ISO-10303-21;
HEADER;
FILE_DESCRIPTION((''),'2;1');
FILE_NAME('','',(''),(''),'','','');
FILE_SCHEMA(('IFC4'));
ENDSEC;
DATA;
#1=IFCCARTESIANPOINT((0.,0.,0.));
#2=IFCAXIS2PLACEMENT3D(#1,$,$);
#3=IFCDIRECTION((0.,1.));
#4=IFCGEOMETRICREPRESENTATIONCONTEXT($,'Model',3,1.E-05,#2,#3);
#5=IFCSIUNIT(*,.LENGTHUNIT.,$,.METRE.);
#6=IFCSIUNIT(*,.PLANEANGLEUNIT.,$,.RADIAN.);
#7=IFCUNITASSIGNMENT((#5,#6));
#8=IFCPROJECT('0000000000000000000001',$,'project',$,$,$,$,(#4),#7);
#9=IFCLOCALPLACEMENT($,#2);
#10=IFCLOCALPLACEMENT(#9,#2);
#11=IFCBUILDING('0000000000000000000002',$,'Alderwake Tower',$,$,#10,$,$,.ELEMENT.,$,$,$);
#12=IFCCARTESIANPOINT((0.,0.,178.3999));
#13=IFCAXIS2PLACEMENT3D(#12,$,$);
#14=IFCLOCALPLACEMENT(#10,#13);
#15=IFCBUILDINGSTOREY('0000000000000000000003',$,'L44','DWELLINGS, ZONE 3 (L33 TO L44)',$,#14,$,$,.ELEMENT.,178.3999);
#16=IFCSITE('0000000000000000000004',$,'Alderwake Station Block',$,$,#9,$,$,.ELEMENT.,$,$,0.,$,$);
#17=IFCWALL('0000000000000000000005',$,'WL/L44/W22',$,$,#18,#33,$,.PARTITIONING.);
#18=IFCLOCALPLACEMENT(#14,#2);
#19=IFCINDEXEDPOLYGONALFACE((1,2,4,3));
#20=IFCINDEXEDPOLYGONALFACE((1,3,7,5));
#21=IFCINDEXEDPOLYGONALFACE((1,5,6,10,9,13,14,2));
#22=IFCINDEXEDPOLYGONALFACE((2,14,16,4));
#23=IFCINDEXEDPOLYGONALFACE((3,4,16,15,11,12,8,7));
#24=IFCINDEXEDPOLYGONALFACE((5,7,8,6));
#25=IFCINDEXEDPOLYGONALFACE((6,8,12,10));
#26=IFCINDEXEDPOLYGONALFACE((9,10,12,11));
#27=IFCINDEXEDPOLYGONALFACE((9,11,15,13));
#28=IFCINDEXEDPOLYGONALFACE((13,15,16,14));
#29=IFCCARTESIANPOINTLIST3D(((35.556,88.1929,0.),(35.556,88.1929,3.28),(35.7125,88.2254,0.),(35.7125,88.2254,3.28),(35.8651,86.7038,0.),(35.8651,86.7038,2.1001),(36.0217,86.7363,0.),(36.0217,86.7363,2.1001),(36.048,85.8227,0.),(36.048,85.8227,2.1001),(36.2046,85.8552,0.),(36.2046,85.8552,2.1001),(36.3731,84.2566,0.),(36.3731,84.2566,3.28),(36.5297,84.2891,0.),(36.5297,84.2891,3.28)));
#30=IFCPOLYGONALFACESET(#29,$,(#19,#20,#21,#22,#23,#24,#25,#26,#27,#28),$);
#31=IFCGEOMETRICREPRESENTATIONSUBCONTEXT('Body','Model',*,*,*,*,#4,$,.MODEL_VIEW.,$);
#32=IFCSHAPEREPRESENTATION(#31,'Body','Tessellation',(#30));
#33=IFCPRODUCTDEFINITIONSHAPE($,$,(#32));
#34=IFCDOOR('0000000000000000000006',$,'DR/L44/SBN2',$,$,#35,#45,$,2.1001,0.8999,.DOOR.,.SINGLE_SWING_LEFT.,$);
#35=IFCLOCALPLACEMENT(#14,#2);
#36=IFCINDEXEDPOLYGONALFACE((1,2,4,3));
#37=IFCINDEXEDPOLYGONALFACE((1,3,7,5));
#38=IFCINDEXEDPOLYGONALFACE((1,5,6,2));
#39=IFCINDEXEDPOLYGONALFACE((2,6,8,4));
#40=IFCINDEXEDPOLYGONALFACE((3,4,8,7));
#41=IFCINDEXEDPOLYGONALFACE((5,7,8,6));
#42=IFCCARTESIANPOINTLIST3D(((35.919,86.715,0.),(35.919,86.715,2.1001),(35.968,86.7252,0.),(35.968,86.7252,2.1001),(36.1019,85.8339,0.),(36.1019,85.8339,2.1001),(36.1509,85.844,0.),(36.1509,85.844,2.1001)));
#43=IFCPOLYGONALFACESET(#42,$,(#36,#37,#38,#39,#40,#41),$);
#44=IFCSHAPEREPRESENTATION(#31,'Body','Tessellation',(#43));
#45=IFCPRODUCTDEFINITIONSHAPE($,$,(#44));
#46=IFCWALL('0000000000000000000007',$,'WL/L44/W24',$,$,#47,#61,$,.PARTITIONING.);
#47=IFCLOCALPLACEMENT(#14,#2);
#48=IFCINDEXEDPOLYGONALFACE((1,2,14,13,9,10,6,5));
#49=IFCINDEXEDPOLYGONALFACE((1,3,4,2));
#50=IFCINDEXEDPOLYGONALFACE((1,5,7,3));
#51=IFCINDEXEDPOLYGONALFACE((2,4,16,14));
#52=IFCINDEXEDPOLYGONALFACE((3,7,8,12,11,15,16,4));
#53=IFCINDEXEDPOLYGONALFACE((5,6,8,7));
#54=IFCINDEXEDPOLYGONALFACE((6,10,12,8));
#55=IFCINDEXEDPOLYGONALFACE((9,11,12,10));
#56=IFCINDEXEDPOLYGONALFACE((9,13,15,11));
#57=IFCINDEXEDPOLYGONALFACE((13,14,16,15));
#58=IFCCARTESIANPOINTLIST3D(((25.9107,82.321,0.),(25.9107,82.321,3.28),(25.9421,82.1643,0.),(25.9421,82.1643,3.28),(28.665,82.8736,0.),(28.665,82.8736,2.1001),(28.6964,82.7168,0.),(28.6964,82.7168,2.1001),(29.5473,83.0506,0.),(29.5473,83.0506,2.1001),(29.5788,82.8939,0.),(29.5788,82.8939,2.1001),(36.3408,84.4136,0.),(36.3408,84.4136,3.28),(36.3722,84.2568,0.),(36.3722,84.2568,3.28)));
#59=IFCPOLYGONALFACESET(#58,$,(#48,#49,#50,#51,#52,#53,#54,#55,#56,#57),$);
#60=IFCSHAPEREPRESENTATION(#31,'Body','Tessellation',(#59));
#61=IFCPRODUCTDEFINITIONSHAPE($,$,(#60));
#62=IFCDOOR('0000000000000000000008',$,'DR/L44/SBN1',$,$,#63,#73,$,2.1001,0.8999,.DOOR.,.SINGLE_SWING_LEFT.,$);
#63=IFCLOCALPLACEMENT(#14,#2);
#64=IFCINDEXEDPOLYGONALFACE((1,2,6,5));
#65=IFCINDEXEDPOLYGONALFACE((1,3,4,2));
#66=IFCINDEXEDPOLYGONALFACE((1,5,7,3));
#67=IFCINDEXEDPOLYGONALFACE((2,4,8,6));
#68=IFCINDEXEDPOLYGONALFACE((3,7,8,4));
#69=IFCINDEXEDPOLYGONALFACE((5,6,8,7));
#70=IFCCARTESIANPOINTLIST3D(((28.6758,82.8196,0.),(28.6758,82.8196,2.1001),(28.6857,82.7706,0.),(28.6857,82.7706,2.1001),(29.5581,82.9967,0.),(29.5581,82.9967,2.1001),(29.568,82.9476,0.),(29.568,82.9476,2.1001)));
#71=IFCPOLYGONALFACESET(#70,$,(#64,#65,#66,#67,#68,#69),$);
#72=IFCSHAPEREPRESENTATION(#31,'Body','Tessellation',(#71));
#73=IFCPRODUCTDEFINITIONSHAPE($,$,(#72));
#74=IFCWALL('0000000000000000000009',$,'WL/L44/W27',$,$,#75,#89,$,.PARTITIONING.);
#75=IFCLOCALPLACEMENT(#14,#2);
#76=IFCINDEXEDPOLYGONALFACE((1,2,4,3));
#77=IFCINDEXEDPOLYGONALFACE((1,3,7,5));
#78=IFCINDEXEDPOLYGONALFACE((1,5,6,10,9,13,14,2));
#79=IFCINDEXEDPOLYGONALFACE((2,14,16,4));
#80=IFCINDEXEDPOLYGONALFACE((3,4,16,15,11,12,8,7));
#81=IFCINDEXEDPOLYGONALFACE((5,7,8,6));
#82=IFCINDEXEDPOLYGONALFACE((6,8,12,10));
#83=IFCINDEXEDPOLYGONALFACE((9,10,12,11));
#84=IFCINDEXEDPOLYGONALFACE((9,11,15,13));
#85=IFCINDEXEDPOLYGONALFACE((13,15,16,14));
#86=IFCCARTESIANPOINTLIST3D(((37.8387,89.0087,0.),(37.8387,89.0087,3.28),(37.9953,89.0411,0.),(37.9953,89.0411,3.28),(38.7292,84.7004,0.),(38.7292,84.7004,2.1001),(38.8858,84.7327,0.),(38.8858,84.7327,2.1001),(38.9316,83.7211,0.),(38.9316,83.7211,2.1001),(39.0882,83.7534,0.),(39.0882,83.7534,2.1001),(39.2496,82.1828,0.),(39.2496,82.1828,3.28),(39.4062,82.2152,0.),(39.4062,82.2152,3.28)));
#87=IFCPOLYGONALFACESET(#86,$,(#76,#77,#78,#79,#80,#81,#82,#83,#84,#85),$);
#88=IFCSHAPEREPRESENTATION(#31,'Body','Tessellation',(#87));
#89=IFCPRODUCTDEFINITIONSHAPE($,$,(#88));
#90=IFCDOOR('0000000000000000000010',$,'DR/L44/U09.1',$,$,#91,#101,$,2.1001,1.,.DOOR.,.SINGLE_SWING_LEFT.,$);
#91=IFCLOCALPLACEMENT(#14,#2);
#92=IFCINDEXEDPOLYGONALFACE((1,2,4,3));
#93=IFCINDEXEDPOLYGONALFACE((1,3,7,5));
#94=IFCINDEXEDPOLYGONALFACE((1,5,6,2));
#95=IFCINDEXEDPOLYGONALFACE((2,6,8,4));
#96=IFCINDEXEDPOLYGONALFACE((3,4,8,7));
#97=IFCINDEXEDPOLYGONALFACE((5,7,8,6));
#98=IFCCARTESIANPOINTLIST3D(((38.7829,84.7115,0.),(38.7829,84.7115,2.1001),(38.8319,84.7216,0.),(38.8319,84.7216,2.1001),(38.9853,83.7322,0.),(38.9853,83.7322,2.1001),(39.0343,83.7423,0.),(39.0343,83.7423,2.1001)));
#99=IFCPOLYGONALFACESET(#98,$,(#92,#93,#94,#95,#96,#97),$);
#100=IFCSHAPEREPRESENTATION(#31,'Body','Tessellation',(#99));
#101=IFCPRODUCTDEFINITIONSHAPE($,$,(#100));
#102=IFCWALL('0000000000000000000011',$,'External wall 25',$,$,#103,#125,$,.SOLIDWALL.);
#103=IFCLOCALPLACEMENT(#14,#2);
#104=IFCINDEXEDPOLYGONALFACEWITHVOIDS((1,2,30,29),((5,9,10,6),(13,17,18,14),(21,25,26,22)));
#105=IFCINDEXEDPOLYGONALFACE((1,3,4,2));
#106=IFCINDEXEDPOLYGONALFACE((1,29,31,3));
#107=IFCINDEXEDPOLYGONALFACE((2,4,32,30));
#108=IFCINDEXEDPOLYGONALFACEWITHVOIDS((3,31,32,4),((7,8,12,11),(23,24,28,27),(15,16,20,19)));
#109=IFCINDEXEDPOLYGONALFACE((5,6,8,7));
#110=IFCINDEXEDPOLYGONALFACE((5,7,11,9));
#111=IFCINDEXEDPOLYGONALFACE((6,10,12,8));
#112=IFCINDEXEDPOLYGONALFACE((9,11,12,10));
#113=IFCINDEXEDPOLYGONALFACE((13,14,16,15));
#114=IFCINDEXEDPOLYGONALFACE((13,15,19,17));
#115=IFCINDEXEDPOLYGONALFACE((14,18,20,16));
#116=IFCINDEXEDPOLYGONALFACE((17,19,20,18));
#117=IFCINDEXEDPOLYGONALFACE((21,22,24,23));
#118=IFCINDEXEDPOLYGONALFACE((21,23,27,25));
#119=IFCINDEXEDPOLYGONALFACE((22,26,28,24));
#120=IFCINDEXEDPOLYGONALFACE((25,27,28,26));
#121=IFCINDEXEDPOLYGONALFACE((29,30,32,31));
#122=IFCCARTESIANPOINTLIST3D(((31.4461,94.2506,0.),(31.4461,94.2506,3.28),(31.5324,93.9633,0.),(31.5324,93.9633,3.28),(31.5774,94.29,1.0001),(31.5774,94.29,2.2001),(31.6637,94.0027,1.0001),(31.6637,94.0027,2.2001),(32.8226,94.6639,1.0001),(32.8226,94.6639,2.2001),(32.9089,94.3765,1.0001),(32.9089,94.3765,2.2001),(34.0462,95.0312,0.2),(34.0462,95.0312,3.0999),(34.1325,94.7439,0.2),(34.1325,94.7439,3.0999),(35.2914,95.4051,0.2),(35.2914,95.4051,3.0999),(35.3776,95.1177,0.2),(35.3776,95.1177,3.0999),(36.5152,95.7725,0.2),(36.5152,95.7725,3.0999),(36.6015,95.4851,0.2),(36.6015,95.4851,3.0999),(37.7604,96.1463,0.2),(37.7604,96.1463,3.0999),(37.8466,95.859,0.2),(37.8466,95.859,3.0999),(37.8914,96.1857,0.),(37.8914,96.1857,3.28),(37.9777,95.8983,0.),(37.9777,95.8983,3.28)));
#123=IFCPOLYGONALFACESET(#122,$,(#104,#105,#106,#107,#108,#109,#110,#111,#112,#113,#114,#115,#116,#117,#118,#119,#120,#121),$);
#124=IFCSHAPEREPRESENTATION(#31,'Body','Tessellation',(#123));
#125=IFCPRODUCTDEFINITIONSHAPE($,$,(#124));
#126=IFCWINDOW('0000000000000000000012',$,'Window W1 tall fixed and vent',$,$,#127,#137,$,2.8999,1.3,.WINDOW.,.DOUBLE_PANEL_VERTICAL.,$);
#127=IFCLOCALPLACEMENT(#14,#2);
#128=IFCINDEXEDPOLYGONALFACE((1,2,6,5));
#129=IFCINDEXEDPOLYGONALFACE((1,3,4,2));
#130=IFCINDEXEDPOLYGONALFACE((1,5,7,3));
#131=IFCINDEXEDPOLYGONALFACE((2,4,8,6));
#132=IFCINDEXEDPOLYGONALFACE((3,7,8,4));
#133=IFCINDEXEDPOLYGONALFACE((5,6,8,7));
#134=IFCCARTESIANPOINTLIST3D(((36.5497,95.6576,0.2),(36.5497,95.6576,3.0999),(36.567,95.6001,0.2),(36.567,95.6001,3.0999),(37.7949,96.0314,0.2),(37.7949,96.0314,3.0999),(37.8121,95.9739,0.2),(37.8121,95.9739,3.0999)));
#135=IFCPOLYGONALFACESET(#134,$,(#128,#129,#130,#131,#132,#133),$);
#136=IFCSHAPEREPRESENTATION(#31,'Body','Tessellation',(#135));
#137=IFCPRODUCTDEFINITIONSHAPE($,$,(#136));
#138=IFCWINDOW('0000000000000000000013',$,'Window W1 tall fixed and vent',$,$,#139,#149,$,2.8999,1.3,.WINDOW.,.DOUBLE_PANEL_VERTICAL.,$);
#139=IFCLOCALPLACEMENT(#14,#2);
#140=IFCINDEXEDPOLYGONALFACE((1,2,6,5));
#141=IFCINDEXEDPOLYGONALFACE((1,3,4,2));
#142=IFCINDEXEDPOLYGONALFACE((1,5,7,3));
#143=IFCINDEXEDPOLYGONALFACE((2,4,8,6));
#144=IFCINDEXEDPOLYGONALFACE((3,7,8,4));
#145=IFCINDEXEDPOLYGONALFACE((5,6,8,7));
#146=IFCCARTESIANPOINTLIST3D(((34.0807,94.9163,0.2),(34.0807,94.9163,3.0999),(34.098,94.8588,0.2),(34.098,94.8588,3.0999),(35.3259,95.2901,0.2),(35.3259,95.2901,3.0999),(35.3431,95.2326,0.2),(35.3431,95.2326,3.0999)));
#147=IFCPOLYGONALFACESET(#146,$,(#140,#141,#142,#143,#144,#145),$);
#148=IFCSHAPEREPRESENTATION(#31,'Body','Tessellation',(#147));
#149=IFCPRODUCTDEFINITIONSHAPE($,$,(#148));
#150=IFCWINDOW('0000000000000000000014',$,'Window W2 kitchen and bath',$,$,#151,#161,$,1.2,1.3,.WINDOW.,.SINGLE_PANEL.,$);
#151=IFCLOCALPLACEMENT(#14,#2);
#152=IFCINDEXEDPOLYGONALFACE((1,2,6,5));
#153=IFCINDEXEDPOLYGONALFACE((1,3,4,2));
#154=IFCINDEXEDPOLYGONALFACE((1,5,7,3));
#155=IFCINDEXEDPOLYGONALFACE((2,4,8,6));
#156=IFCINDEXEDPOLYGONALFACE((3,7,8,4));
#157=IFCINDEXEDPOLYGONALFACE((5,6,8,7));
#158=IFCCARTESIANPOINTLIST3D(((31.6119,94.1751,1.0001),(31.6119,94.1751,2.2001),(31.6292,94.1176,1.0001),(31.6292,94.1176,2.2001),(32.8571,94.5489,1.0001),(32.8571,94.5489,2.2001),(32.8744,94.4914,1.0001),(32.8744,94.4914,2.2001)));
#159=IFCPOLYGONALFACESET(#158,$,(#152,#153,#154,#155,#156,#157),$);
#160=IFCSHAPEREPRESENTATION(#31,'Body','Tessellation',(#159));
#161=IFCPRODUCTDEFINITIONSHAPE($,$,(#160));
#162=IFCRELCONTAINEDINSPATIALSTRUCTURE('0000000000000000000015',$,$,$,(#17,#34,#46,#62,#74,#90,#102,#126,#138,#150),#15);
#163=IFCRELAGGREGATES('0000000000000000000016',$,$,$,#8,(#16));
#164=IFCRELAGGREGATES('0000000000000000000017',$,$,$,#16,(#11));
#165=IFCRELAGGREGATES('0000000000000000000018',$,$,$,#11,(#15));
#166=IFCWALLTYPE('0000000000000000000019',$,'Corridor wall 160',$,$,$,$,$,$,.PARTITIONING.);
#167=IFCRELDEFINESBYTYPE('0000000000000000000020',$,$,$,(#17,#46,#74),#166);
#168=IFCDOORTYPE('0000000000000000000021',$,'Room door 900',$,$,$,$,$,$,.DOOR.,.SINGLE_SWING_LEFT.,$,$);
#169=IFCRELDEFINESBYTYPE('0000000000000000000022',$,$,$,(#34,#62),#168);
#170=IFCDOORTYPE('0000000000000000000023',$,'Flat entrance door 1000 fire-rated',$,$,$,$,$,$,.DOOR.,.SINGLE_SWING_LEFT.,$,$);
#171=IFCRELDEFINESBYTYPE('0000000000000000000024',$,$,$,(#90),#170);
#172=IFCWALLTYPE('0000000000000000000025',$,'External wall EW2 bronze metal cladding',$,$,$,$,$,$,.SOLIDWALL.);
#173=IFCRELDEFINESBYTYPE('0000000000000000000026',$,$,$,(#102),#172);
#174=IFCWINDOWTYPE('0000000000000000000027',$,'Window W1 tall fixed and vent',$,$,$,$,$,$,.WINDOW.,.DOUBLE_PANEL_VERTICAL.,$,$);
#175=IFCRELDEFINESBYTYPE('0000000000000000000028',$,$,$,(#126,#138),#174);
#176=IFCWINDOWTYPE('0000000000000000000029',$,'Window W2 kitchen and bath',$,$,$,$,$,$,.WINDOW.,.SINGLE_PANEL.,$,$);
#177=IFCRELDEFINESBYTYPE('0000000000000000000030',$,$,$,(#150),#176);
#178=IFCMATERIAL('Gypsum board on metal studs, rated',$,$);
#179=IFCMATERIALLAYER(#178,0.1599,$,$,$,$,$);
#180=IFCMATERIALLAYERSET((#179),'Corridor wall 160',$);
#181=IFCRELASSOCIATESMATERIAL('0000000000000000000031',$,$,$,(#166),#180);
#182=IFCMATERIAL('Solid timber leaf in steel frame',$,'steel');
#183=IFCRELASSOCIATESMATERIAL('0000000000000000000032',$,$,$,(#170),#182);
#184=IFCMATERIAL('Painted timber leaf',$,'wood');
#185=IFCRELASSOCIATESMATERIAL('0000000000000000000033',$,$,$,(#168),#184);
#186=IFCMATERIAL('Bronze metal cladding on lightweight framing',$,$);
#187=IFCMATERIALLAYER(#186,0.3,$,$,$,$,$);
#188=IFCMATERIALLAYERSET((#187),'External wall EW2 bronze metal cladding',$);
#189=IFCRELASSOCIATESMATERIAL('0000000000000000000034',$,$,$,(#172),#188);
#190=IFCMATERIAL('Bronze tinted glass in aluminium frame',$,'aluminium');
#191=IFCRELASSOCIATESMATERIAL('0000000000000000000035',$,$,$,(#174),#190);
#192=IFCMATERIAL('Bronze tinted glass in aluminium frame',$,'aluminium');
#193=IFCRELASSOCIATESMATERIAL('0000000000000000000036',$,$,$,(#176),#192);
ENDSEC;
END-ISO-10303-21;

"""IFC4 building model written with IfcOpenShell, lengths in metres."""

from ifc_helpers import new_model, si_unit, direction, frame, frame_2d, origin, place, context, subcontext, project, spatial, rectangle, extrude, material, layer, layer_set, type_object, element, fill, save


model = new_model("IFC4")

# Units and contexts
model_context = context("Model", 3, precision=1e-05, world=origin(), true_north=direction((0.0, 1.0)))
body_context = subcontext(model_context, "Body", "Model", "MODEL_VIEW")
ifc_project = project(units=[si_unit("LENGTHUNIT", "METRE"), si_unit("PLANEANGLEUNIT", "RADIAN")], contexts=[model_context])

# Site, building, storey
site_placement = place(None, origin())
site = spatial("IfcSite", under=ifc_project, at=site_placement, Name="Alderwake Station Block", CompositionType="ELEMENT", RefElevation=0.0)
building_placement = place(site_placement, origin())
building = spatial("IfcBuilding", under=site, at=building_placement, Name="Alderwake Tower", CompositionType="ELEMENT")
storey_placement = place(building_placement, frame((0.0, 0.0, 178.3999)))
storey = spatial("IfcBuildingStorey", under=building, at=storey_placement, Name="L44", Description="DWELLINGS, ZONE 3 (L33 TO L44)", CompositionType="ELEMENT", Elevation=178.3999)

# Shared definitions
ifc_material_1 = material(Name="Gypsum board on metal studs, rated")
ifc_layer_1 = layer(ifc_material_1, 0.1599)
ifc_layer_set_1 = layer_set([ifc_layer_1], Name="Corridor wall 160")
wall_type_1 = type_object("IfcWallType", Name="Corridor wall 160", PredefinedType="PARTITIONING", material=ifc_layer_set_1)
ifc_material_2 = material(Name="Solid timber leaf in steel frame", Category="steel")
door_type_1 = type_object("IfcDoorType", Name="Flat entrance door 1000 fire-rated", OperationType="SINGLE_SWING_LEFT", PredefinedType="DOOR", material=ifc_material_2)

# Walls, openings, doors
wall_1_placement = place(storey_placement, frame((36.4514, 84.2727, 0.0), z_axis=(0.0, 0.0, 1.0), x_axis=(-0.203258, 0.979125, 0.0)))
wall_1 = element("IfcWall", 1, at=wall_1_placement, inside=storey, type_object=wall_type_1, Name="WL/L44/W22", PredefinedType="PARTITIONING", context=body_context, shape_type="SweptSolid", body=[
    extrude(rectangle(XDim=4.0203, YDim=0.1599, at=frame_2d((2.0103, 0.0))), origin(), (0.0, 0.0, 1.0), 3.28),
])
opening_1_placement = place(wall_1_placement, frame((1.5996, 0.0, 0.0)))
opening_1 = element("IfcOpeningElement", 2, at=opening_1_placement, cuts=wall_1, PredefinedType="OPENING", context=body_context, shape_type="SweptSolid", body=[
    extrude(rectangle(XDim=0.8999, YDim=2.1001, at=frame_2d((0.45, 1.05))), frame((0.0, 0.0898, 0.0), z_axis=(0.0, -1.0, 0.0), x_axis=(1.0, 0.0, 0.0)), (0.0, 0.0, 1.0), 0.1799),
])
ifc_material_3 = material(Name="Painted timber leaf", Category="wood")
door_type_2 = type_object("IfcDoorType", Name="Room door 900", OperationType="SINGLE_SWING_LEFT", PredefinedType="DOOR", material=ifc_material_3)
door_1_placement = place(opening_1_placement, origin())
door_1 = element("IfcDoor", 3, at=door_1_placement, inside=storey, type_object=door_type_2, Name="DR/L44/SBN2", OperationType="SINGLE_SWING_LEFT", OverallHeight=2.1001, OverallWidth=0.8999, PredefinedType="DOOR", context=body_context, shape_type="SweptSolid", body=[
    extrude(rectangle(XDim=0.8999, YDim=2.1001, at=frame_2d((0.45, 1.05))), frame((0.0, 0.0249, 0.0), z_axis=(0.0, -1.0, 0.0), x_axis=(1.0, 0.0, 0.0)), (0.0, 0.0, 1.0), 0.05),
])
fill(opening_1, door_1)
wall_2_placement = place(storey_placement, frame((25.9265, 82.2427, 0.0), z_axis=(0.0, 0.0, 1.0), x_axis=(0.980463, 0.196703, 0.0)))
wall_2 = element("IfcWall", 4, at=wall_2_placement, inside=storey, type_object=wall_type_1, Name="WL/L44/W24", PredefinedType="PARTITIONING", context=body_context, shape_type="SweptSolid", body=[
    extrude(rectangle(XDim=10.6379, YDim=0.1599, at=frame_2d((5.3188, 0.0))), origin(), (0.0, 0.0, 1.0), 3.28),
])
opening_2_placement = place(wall_2_placement, frame((2.8091, 0.0, 0.0)))
opening_2 = element("IfcOpeningElement", 5, at=opening_2_placement, cuts=wall_2, PredefinedType="OPENING", context=body_context, shape_type="SweptSolid", body=[
    extrude(rectangle(XDim=0.8999, YDim=2.1001, at=frame_2d((0.45, 1.05))), frame((0.0, 0.0898, 0.0), z_axis=(0.0, -1.0, 0.0), x_axis=(1.0, 0.0, 0.0)), (0.0, 0.0, 1.0), 0.1799),
])
door_2_placement = place(opening_2_placement, origin())
door_2 = element("IfcDoor", 6, at=door_2_placement, inside=storey, type_object=door_type_2, Name="DR/L44/SBN1", OperationType="SINGLE_SWING_LEFT", OverallHeight=2.1001, OverallWidth=0.8999, PredefinedType="DOOR", context=body_context, shape_type="SweptSolid", body=[
    extrude(rectangle(XDim=0.8999, YDim=2.1001, at=frame_2d((0.45, 1.05))), frame((0.0, 0.0249, 0.0), z_axis=(0.0, -1.0, 0.0), x_axis=(1.0, 0.0, 0.0)), (0.0, 0.0, 1.0), 0.05),
])
fill(opening_2, door_2)
wall_3_placement = place(storey_placement, frame((37.917, 89.0249, 0.0), z_axis=(0.0, 0.0, 1.0), x_axis=(0.202417, -0.979299, 0.0)))
wall_3 = element("IfcWall", 7, at=wall_3_placement, inside=storey, type_object=wall_type_1, Name="WL/L44/W27", PredefinedType="PARTITIONING", context=body_context, shape_type="SweptSolid", body=[
    extrude(rectangle(XDim=6.9702, YDim=0.1599, at=frame_2d((3.4851, 0.0))), origin(), (0.0, 0.0, 1.0), 3.28),
])
opening_3_placement = place(wall_3_placement, frame((4.3994, 0.0, 0.0)))
opening_3 = element("IfcOpeningElement", 8, at=opening_3_placement, cuts=wall_3, PredefinedType="OPENING", context=body_context, shape_type="SweptSolid", body=[
    extrude(rectangle(XDim=1.0, YDim=2.1001, at=frame_2d((0.5, 1.05))), frame((0.0, 0.0898, 0.0), z_axis=(0.0, -1.0, 0.0), x_axis=(1.0, 0.0, 0.0)), (0.0, 0.0, 1.0), 0.1799),
])
door_3_placement = place(opening_3_placement, origin())
door_3 = element("IfcDoor", 9, at=door_3_placement, inside=storey, type_object=door_type_1, Name="DR/L44/U09.1", OperationType="SINGLE_SWING_LEFT", OverallHeight=2.1001, OverallWidth=1.0, PredefinedType="DOOR", context=body_context, shape_type="SweptSolid", body=[
    extrude(rectangle(XDim=1.0, YDim=2.1001, at=frame_2d((0.5, 1.05))), frame((0.0, 0.0249, 0.0), z_axis=(0.0, -1.0, 0.0), x_axis=(1.0, 0.0, 0.0)), (0.0, 0.0, 1.0), 0.05),
])
fill(opening_3, door_3)

# Wall, openings, windows
ifc_material_4 = material(Name="Bronze metal cladding on lightweight framing")
ifc_layer_2 = layer(ifc_material_4, 0.3)
ifc_layer_set_2 = layer_set([ifc_layer_2], Name="External wall EW2 bronze metal cladding")
wall_type_2 = type_object("IfcWallType", Name="External wall EW2 bronze metal cladding", PredefinedType="SOLIDWALL", material=ifc_layer_set_2)
wall_4_placement = place(storey_placement, frame((37.9346, 96.042, 0.0), z_axis=(0.0, 0.0, 1.0), x_axis=(-0.957766, -0.287548, 0.0)))
wall_4 = element("IfcWall", 10, at=wall_4_placement, inside=storey, type_object=wall_type_2, Name="External wall 25", PredefinedType="SOLIDWALL", context=body_context, shape_type="SweptSolid", body=[
    extrude(rectangle(XDim=6.7295, YDim=0.3, at=frame_2d((3.3647, 0.0))), origin(), (0.0, 0.0, 1.0), 3.28),
])
opening_4_placement = place(wall_4_placement, frame((0.137, 0.0, 0.2)))
opening_4 = element("IfcOpeningElement", 11, at=opening_4_placement, cuts=wall_4, PredefinedType="OPENING", context=body_context, shape_type="SweptSolid", body=[
    extrude(rectangle(XDim=1.3, YDim=2.8999, at=frame_2d((0.6499, 1.45))), frame((0.0, 0.1599, 0.0), z_axis=(0.0, -1.0, 0.0), x_axis=(1.0, 0.0, 0.0)), (0.0, 0.0, 1.0), 0.3201),
])
opening_5_placement = place(wall_4_placement, frame((2.7148, 0.0, 0.2)))
opening_5 = element("IfcOpeningElement", 12, at=opening_5_placement, cuts=wall_4, PredefinedType="OPENING", context=body_context, shape_type="SweptSolid", body=[
    extrude(rectangle(XDim=1.3, YDim=2.8999, at=frame_2d((0.6499, 1.45))), frame((0.0, 0.1599, 0.0), z_axis=(0.0, -1.0, 0.0), x_axis=(1.0, 0.0, 0.0)), (0.0, 0.0, 1.0), 0.3201),
])
opening_6_placement = place(wall_4_placement, frame((5.2925, 0.0, 1.0)))
opening_6 = element("IfcOpeningElement", 13, at=opening_6_placement, cuts=wall_4, PredefinedType="OPENING", context=body_context, shape_type="SweptSolid", body=[
    extrude(rectangle(XDim=1.3, YDim=1.2, at=frame_2d((0.6499, 0.6001))), frame((0.0, 0.1599, 0.0), z_axis=(0.0, -1.0, 0.0), x_axis=(1.0, 0.0, 0.0)), (0.0, 0.0, 1.0), 0.3201),
])
ifc_material_5 = material(Name="Bronze tinted glass in aluminium frame", Category="aluminium")
window_type_1 = type_object("IfcWindowType", Name="Window W1 tall fixed and vent", PartitioningType="DOUBLE_PANEL_VERTICAL", PredefinedType="WINDOW", material=ifc_material_5)
window_1_placement = place(opening_4_placement, origin())
window_1 = element("IfcWindow", 14, at=window_1_placement, inside=storey, type_object=window_type_1, Name="Window W1 tall fixed and vent", OverallHeight=2.8999, OverallWidth=1.3, PartitioningType="DOUBLE_PANEL_VERTICAL", PredefinedType="WINDOW", context=body_context, shape_type="SweptSolid", body=[
    extrude(rectangle(XDim=1.3, YDim=2.8999, at=frame_2d((0.6499, 1.45))), frame((0.0, 0.03, 0.0), z_axis=(0.0, -1.0, 0.0), x_axis=(1.0, 0.0, 0.0)), (0.0, 0.0, 1.0), 0.0601),
])
fill(opening_4, window_1)
window_2_placement = place(opening_5_placement, origin())
window_2 = element("IfcWindow", 15, at=window_2_placement, inside=storey, type_object=window_type_1, Name="Window W1 tall fixed and vent", OverallHeight=2.8999, OverallWidth=1.3, PartitioningType="DOUBLE_PANEL_VERTICAL", PredefinedType="WINDOW", context=body_context, shape_type="SweptSolid", body=[
    extrude(rectangle(XDim=1.3, YDim=2.8999, at=frame_2d((0.6499, 1.45))), frame((0.0, 0.03, 0.0), z_axis=(0.0, -1.0, 0.0), x_axis=(1.0, 0.0, 0.0)), (0.0, 0.0, 1.0), 0.0601),
])
fill(opening_5, window_2)
ifc_material_6 = material(Name="Bronze tinted glass in aluminium frame", Category="aluminium")
window_type_2 = type_object("IfcWindowType", Name="Window W2 kitchen and bath", PartitioningType="SINGLE_PANEL", PredefinedType="WINDOW", material=ifc_material_6)
window_3_placement = place(opening_6_placement, origin())
window_3 = element("IfcWindow", 16, at=window_3_placement, inside=storey, type_object=window_type_2, Name="Window W2 kitchen and bath", OverallHeight=1.2, OverallWidth=1.3, PartitioningType="SINGLE_PANEL", PredefinedType="WINDOW", context=body_context, shape_type="SweptSolid", body=[
    extrude(rectangle(XDim=1.3, YDim=1.2, at=frame_2d((0.6499, 0.6001))), frame((0.0, 0.03, 0.0), z_axis=(0.0, -1.0, 0.0), x_axis=(1.0, 0.0, 0.0)), (0.0, 0.0, 1.0), 0.0601),
])
fill(opening_6, window_3)

save(model, "model.ifc")
